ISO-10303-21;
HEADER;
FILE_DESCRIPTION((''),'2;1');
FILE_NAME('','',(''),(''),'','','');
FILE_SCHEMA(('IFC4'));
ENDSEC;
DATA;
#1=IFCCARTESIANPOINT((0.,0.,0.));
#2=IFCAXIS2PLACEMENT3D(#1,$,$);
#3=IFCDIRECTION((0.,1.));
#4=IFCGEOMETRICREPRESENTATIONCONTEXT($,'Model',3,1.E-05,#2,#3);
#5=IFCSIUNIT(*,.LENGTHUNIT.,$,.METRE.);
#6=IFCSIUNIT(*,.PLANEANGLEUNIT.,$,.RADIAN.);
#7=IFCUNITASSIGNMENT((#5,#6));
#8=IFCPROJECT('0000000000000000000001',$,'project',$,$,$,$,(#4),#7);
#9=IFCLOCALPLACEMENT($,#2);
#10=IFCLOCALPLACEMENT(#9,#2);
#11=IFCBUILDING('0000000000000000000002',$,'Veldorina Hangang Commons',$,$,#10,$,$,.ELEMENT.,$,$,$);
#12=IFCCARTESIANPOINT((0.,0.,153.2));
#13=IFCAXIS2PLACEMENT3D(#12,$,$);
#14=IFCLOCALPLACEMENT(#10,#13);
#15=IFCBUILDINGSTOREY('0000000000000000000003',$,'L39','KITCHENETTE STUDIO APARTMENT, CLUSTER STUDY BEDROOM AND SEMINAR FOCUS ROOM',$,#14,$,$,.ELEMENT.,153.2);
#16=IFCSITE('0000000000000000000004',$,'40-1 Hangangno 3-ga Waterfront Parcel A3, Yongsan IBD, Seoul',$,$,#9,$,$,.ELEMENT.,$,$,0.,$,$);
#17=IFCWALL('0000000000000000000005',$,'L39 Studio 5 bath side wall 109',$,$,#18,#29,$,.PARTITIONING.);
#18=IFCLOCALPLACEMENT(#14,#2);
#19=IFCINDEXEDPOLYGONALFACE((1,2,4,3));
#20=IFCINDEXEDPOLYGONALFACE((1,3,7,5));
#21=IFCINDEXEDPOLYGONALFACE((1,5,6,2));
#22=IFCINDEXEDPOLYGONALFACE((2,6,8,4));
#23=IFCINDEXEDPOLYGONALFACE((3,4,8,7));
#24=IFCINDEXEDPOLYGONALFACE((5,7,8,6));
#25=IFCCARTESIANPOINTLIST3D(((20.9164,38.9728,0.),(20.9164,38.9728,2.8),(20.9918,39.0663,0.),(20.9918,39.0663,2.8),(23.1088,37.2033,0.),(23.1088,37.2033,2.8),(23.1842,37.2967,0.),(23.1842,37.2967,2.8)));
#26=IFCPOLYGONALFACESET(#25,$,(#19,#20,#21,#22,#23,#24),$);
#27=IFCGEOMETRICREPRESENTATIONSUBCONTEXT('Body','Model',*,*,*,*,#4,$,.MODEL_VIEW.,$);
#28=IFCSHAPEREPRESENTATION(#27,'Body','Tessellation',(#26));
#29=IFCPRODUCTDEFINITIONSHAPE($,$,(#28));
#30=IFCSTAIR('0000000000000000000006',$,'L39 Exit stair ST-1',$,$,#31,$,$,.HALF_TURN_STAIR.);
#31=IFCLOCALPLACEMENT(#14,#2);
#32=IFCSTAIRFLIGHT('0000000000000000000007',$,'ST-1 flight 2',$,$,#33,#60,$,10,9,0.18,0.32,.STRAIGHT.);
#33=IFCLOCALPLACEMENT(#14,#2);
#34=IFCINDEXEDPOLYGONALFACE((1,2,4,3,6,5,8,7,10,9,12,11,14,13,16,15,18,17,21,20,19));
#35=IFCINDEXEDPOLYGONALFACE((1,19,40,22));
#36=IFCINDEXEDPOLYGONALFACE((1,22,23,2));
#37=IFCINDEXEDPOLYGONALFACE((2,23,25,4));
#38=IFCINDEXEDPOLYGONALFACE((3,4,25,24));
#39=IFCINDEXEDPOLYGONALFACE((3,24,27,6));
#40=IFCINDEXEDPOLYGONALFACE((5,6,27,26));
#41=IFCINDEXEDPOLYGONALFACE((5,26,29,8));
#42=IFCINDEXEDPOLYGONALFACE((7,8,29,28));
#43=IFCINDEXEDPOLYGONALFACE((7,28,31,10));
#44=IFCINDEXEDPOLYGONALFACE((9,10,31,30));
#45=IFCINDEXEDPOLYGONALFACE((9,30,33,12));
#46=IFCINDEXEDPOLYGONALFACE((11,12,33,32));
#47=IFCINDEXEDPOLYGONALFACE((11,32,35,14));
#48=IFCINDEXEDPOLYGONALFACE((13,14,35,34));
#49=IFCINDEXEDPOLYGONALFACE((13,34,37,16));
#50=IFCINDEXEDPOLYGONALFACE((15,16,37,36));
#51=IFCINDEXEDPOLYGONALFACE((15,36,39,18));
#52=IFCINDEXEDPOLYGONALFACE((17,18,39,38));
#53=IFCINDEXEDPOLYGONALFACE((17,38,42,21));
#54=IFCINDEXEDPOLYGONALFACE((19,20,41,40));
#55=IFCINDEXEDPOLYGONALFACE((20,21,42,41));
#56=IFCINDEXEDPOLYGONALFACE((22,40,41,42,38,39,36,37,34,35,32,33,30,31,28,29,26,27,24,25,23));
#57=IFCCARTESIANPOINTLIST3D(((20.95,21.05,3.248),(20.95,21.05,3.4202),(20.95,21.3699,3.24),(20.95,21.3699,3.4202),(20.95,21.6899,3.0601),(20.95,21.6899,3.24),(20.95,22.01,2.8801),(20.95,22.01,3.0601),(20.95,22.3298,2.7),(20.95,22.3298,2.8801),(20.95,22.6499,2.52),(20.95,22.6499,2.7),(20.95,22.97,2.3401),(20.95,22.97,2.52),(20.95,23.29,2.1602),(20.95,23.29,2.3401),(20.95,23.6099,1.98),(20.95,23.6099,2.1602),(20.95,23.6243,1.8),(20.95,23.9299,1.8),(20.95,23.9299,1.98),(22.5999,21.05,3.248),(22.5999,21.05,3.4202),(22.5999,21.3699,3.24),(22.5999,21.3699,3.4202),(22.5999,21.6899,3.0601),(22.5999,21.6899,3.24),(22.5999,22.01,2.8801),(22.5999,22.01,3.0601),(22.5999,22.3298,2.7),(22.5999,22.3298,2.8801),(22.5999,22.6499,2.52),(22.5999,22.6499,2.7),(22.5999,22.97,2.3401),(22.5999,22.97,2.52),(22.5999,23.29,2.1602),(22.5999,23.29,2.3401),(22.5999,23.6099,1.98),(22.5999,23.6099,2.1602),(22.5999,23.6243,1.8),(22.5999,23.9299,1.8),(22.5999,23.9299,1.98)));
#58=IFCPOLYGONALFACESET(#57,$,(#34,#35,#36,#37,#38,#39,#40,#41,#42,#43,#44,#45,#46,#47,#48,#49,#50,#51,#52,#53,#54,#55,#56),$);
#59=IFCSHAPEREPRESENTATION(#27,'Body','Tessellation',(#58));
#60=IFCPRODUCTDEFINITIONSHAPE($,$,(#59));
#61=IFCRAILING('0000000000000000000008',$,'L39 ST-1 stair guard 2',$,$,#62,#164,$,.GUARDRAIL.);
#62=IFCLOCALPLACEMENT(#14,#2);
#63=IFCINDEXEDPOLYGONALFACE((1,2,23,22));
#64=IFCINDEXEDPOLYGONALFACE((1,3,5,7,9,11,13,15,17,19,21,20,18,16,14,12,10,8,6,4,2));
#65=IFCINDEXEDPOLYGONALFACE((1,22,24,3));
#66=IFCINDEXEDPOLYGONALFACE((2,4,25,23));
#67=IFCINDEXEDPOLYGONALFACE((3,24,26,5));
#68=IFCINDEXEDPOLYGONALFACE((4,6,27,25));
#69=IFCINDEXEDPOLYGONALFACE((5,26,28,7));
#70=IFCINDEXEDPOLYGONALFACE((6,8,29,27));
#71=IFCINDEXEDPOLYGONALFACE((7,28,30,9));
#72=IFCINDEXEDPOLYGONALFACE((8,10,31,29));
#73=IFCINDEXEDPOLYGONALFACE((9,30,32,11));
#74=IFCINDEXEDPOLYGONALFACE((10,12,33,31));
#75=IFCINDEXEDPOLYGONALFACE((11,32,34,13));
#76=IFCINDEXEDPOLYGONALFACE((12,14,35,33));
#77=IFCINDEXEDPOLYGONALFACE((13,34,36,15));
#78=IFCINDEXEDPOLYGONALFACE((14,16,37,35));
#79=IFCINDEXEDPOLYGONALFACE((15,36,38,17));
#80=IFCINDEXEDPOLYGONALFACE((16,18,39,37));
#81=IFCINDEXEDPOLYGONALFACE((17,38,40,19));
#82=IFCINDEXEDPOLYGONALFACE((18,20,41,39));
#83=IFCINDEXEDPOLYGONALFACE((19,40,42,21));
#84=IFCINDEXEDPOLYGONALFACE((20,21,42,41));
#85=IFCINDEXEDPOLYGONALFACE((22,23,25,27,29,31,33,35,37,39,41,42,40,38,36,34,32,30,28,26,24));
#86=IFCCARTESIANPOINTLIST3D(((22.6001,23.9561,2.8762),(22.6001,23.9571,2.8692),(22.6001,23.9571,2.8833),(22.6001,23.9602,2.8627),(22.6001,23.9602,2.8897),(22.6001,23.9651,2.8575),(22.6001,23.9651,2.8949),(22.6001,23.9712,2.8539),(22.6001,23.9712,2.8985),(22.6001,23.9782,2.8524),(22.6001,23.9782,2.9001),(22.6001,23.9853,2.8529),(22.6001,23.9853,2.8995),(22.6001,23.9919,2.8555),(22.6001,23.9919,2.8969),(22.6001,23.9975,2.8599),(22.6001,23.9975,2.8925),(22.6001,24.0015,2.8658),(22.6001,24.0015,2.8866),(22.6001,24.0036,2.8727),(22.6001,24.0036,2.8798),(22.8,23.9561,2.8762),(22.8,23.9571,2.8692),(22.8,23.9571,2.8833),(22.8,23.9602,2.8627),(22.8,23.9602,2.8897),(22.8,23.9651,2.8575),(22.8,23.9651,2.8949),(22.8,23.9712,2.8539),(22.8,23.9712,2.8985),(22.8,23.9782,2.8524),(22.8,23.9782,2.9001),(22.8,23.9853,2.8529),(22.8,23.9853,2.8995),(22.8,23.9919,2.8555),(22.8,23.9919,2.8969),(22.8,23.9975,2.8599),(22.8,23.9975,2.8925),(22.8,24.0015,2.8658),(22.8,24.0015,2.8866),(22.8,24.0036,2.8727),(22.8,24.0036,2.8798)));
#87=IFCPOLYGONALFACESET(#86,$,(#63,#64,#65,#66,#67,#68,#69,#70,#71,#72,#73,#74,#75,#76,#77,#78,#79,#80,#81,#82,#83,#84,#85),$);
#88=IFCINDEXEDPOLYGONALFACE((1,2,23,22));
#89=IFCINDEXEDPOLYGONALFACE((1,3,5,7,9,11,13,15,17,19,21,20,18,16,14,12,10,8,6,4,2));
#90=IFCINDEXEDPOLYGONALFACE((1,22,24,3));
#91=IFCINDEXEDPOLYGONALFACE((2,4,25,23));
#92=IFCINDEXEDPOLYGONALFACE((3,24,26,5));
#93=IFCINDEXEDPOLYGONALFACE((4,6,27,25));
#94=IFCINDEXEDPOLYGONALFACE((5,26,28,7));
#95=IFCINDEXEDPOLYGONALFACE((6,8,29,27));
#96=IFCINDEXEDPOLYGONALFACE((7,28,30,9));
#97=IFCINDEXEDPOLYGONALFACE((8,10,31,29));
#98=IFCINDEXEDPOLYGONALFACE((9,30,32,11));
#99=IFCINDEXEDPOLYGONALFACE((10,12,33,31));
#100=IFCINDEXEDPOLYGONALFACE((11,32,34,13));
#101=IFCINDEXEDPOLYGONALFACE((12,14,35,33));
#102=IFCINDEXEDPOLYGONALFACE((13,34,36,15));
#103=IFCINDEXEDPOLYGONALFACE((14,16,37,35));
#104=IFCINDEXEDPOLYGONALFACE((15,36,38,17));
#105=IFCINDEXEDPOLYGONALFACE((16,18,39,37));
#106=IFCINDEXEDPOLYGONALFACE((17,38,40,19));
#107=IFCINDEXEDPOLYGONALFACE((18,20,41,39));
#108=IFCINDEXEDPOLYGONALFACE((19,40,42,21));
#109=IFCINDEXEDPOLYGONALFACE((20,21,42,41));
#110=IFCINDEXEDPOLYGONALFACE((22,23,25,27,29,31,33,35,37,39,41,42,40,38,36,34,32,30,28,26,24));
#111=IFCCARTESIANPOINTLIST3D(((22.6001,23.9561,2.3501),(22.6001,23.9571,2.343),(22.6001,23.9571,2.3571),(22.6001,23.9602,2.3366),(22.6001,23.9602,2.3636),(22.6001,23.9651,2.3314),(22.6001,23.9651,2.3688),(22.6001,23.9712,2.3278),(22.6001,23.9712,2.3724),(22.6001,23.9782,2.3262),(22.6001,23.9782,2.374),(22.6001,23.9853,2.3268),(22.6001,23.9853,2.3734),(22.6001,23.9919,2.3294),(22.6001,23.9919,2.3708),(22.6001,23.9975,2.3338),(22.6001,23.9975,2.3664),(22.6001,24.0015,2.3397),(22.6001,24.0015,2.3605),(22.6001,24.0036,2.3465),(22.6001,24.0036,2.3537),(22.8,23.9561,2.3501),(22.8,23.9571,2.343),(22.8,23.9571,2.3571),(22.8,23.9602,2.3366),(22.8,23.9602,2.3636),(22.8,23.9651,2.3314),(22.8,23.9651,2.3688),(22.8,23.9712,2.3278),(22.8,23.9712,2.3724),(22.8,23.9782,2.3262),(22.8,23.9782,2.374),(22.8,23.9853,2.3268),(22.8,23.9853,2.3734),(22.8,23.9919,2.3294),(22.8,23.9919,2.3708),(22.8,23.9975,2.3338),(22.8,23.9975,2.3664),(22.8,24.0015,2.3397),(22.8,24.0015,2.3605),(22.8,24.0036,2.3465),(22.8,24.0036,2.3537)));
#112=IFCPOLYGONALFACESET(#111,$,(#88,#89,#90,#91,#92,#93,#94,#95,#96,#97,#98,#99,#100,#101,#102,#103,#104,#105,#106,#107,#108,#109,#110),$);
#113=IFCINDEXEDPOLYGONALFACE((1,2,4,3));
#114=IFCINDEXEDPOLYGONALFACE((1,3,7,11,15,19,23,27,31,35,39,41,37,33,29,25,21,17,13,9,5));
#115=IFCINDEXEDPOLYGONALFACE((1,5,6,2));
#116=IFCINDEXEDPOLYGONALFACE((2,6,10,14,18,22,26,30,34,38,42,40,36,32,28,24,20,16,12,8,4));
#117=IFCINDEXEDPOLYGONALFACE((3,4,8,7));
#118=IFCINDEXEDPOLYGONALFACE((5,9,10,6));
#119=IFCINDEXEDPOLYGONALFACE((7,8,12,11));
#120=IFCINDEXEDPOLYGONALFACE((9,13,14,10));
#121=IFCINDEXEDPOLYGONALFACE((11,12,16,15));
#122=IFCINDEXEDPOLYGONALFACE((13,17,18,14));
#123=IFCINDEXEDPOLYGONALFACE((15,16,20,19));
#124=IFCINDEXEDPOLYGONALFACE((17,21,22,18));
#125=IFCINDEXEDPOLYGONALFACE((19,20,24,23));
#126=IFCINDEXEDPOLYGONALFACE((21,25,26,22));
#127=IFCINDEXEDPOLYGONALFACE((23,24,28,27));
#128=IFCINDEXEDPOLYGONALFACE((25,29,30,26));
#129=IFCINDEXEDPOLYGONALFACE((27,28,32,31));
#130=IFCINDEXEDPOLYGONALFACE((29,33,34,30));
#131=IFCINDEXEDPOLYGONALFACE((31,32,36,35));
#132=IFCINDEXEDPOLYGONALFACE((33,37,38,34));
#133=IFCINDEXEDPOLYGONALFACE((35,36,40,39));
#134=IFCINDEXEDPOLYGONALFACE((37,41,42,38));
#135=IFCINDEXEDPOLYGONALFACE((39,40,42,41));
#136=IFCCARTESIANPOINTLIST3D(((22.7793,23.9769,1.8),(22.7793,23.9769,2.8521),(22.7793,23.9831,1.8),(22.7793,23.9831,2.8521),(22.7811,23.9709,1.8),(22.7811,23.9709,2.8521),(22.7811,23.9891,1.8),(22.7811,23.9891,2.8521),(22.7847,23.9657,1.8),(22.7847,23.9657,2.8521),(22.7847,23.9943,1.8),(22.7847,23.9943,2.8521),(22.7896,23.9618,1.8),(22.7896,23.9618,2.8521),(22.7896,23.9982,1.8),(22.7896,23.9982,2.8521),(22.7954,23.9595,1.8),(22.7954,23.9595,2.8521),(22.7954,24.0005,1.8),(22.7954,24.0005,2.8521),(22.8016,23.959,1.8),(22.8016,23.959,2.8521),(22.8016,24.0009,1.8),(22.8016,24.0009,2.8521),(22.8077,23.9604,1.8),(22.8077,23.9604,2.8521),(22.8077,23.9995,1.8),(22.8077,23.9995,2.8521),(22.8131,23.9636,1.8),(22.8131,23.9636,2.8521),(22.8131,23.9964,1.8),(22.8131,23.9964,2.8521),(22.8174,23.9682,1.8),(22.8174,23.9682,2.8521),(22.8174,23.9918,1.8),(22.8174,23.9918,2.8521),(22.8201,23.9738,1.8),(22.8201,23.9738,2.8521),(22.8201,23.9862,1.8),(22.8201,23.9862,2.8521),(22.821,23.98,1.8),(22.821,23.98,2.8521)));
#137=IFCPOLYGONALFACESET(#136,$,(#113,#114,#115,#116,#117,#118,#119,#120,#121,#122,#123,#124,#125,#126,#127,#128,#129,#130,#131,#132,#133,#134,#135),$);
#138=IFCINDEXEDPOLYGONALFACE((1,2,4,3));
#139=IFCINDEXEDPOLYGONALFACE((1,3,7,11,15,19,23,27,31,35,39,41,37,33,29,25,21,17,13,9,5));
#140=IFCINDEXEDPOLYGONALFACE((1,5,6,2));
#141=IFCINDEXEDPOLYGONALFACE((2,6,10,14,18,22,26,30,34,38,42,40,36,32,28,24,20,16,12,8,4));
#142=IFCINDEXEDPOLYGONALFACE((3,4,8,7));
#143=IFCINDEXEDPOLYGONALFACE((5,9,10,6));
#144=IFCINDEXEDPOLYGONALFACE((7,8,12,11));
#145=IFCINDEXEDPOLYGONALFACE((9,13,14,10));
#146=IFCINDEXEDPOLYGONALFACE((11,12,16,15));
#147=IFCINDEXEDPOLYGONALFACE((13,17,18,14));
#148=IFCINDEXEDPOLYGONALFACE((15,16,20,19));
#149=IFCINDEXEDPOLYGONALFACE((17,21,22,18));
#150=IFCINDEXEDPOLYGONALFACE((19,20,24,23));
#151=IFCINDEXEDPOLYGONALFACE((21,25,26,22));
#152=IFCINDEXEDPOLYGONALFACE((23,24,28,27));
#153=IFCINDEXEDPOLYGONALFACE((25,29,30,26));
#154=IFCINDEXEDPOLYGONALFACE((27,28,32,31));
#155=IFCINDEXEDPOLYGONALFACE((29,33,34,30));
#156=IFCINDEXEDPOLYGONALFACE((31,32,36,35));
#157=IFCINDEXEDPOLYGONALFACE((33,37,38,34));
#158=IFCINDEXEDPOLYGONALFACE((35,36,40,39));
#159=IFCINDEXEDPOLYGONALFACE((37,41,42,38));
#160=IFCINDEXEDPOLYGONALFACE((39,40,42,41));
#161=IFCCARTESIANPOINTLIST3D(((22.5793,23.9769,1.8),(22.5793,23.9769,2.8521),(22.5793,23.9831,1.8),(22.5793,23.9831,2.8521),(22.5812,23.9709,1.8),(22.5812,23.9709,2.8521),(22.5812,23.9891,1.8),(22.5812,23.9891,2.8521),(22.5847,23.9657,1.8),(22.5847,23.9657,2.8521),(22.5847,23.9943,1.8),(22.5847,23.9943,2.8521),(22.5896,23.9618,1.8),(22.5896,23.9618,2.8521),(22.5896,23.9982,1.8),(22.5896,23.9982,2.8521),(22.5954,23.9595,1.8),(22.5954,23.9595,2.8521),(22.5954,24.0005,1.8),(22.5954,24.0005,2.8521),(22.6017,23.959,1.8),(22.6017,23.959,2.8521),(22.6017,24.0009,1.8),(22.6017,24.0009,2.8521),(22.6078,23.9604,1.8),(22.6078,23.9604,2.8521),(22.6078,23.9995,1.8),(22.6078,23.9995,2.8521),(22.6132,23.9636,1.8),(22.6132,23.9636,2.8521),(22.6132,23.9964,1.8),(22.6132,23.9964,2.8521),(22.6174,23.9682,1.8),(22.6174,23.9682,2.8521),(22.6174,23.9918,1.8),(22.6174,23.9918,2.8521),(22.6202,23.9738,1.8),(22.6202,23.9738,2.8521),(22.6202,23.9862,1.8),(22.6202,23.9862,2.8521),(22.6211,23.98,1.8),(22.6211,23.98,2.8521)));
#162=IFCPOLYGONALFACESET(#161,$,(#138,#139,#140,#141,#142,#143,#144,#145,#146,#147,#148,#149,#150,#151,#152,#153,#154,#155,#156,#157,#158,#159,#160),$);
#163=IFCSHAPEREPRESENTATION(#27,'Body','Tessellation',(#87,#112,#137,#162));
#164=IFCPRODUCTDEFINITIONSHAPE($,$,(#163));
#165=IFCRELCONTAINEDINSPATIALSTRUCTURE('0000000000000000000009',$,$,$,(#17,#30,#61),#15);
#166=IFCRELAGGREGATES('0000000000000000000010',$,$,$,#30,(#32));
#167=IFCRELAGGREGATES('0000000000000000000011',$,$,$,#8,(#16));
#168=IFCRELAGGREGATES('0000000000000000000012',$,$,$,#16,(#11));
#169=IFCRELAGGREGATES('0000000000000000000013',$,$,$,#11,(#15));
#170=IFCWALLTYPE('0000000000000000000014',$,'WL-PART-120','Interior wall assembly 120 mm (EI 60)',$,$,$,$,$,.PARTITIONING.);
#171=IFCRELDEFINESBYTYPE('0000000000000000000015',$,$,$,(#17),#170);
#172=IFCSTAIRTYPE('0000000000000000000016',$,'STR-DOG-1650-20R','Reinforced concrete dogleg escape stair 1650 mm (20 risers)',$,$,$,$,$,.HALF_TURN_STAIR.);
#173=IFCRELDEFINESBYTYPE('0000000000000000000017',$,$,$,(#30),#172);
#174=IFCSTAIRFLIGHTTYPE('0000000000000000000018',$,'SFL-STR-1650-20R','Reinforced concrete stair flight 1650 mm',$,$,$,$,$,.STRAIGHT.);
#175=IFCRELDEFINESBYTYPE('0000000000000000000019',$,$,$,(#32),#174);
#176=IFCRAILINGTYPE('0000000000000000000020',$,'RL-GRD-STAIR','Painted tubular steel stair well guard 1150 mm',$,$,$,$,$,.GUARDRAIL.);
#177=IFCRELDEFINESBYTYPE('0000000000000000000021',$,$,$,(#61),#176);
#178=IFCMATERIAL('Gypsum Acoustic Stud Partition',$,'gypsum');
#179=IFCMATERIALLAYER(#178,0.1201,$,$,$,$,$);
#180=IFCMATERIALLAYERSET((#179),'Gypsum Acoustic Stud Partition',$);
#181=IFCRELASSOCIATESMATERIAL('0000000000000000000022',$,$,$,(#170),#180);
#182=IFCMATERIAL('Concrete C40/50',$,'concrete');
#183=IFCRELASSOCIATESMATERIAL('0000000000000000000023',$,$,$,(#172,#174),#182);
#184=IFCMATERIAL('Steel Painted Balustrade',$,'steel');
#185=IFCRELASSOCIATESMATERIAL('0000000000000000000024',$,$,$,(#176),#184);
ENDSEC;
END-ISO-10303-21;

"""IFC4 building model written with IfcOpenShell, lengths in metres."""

from ifc_helpers import new_model, si_unit, direction, frame, frame_2d, origin, origin_2d, place, context, subcontext, project, spatial, polyline, rectangle, circle, outline, extrude, material, layer, layer_set, type_object, element, aggregate, save


model = new_model("IFC4")

# Units and contexts
model_context = context("Model", 3, precision=1e-05, world=origin(), true_north=direction((0.0, 1.0)))
body_context = subcontext(model_context, "Body", "Model", "MODEL_VIEW")
ifc_project = project(units=[si_unit("LENGTHUNIT", "METRE"), si_unit("PLANEANGLEUNIT", "RADIAN")], contexts=[model_context])

# Site, building, storey
site_placement = place(None, origin())
site = spatial("IfcSite", under=ifc_project, at=site_placement, Name="40-1 Hangangno 3-ga Waterfront Parcel A3, Yongsan IBD, Seoul", CompositionType="ELEMENT", RefElevation=0.0)
building_placement = place(site_placement, origin())
building = spatial("IfcBuilding", under=site, at=building_placement, Name="Veldorina Hangang Commons", CompositionType="ELEMENT")
storey_placement = place(building_placement, frame((0.0, 0.0, 153.2)))
storey = spatial("IfcBuildingStorey", under=building, at=storey_placement, Name="L39", Description="KITCHENETTE STUDIO APARTMENT, CLUSTER STUDY BEDROOM AND SEMINAR FOCUS ROOM", CompositionType="ELEMENT", Elevation=153.2)

# Shared definitions
ifc_material_1 = material(Name="Gypsum Acoustic Stud Partition", Category="gypsum")
ifc_layer_1 = layer(ifc_material_1, 0.1201)
ifc_layer_set_1 = layer_set([ifc_layer_1], Name="Gypsum Acoustic Stud Partition")
wall_type_1 = type_object("IfcWallType", Name="WL-PART-120", Description="Interior wall assembly 120 mm (EI 60)", PredefinedType="PARTITIONING", material=ifc_layer_set_1)

# Wall
wall_1_placement = place(storey_placement, frame((23.1465, 37.25, 0.0), z_axis=(0.0, 0.0, 1.0), x_axis=(-0.778156, 0.628071, 0.0)))
element("IfcWall", 1, at=wall_1_placement, inside=storey, type_object=wall_type_1, Name="L39 Studio 5 bath side wall 109", PredefinedType="PARTITIONING", context=body_context, shape_type="SweptSolid", body=[
    extrude(rectangle(XDim=2.8174, YDim=0.1201, at=frame_2d((1.4087, 0.0))), origin(), (0.0, 0.0, 1.0), 2.8),
])

# Stair, stair flight
ifc_material_2 = material(Name="Concrete C40/50", Category="concrete")
stair_type = type_object("IfcStairType", Name="STR-DOG-1650-20R", Description="Reinforced concrete dogleg escape stair 1650 mm (20 risers)", PredefinedType="HALF_TURN_STAIR", material=ifc_material_2)
stair_placement = place(storey_placement, origin())
stair = element("IfcStair", 2, at=stair_placement, inside=storey, type_object=stair_type, Name="L39 Exit stair ST-1", PredefinedType="HALF_TURN_STAIR")
stair_flight_type = type_object("IfcStairFlightType", Name="SFL-STR-1650-20R", Description="Reinforced concrete stair flight 1650 mm", PredefinedType="STRAIGHT", material=ifc_material_2)
stair_flight_placement = place(storey_placement, frame((21.7749, 23.9299, 1.8), z_axis=(0.0, 0.0, 1.0), x_axis=(0.0, -1.0, 0.0)))
stair_flight = element("IfcStairFlight", 3, at=stair_flight_placement, type_object=stair_flight_type, Name="ST-1 flight 2", NumberOfRisers=10, NumberOfTreads=9, PredefinedType="STRAIGHT", RiserHeight=0.18, TreadLength=0.32, context=body_context, shape_type="SweptSolid", body=[
    extrude(outline(polyline([(0.0, 0.0), (0.0, 0.1799), (0.3201, 0.1799), (0.3201, 0.3601), (0.6399, 0.3601), (0.6399, 0.54), (0.96, 0.54), (0.96, 0.72), (1.28, 0.72), (1.28, 0.8999), (1.6001, 0.8999), (1.6001, 1.0801), (1.9199, 1.0801), (1.9199, 1.26), (2.24, 1.26), (2.24, 1.4399), (2.5601, 1.4399), (2.5601, 1.6201), (2.8799, 1.6201), (2.8799, 1.8), (2.8799, 1.448), (0.3057, 0.0), (0.0, 0.0)])), frame((0.0, 0.825, 0.0), z_axis=(0.0, -1.0, 0.0), x_axis=(1.0, 0.0, 0.0)), (0.0, 0.0, 1.0), 1.6499),
])
aggregate(stair, [stair_flight])

# Railing
ifc_material_3 = material(Name="Steel Painted Balustrade", Category="steel")
railing_type_1 = type_object("IfcRailingType", Name="RL-GRD-STAIR", Description="Painted tubular steel stair well guard 1150 mm", PredefinedType="GUARDRAIL", material=ifc_material_3)
railing_1_placement = place(storey_placement, frame((22.8, 23.98, 1.8)))
element("IfcRailing", 4, at=railing_1_placement, inside=storey, type_object=railing_type_1, Name="L39 ST-1 stair guard 2", PredefinedType="GUARDRAIL", context=body_context, shape_type="SweptSolid", body=[
    extrude(circle(Radius=0.0239, at=origin_2d()), frame((0.0, 0.0, 1.0762), z_axis=(-1.0, 0.0, 0.0), x_axis=(0.0, -1.0, 0.0)), (0.0, 0.0, 1.0), 0.2),
    extrude(circle(Radius=0.0239, at=origin_2d()), frame((0.0, 0.0, 0.55), z_axis=(-1.0, 0.0, 0.0), x_axis=(0.0, -1.0, 0.0)), (0.0, 0.0, 1.0), 0.2),
    extrude(circle(Radius=0.021, at=origin_2d()), origin(), (0.0, 0.0, 1.0), 1.052),
    extrude(circle(Radius=0.021, at=origin_2d()), frame((-0.2, 0.0, 0.0)), (0.0, 0.0, 1.0), 1.052),
])

save(model, "model.ifc")
